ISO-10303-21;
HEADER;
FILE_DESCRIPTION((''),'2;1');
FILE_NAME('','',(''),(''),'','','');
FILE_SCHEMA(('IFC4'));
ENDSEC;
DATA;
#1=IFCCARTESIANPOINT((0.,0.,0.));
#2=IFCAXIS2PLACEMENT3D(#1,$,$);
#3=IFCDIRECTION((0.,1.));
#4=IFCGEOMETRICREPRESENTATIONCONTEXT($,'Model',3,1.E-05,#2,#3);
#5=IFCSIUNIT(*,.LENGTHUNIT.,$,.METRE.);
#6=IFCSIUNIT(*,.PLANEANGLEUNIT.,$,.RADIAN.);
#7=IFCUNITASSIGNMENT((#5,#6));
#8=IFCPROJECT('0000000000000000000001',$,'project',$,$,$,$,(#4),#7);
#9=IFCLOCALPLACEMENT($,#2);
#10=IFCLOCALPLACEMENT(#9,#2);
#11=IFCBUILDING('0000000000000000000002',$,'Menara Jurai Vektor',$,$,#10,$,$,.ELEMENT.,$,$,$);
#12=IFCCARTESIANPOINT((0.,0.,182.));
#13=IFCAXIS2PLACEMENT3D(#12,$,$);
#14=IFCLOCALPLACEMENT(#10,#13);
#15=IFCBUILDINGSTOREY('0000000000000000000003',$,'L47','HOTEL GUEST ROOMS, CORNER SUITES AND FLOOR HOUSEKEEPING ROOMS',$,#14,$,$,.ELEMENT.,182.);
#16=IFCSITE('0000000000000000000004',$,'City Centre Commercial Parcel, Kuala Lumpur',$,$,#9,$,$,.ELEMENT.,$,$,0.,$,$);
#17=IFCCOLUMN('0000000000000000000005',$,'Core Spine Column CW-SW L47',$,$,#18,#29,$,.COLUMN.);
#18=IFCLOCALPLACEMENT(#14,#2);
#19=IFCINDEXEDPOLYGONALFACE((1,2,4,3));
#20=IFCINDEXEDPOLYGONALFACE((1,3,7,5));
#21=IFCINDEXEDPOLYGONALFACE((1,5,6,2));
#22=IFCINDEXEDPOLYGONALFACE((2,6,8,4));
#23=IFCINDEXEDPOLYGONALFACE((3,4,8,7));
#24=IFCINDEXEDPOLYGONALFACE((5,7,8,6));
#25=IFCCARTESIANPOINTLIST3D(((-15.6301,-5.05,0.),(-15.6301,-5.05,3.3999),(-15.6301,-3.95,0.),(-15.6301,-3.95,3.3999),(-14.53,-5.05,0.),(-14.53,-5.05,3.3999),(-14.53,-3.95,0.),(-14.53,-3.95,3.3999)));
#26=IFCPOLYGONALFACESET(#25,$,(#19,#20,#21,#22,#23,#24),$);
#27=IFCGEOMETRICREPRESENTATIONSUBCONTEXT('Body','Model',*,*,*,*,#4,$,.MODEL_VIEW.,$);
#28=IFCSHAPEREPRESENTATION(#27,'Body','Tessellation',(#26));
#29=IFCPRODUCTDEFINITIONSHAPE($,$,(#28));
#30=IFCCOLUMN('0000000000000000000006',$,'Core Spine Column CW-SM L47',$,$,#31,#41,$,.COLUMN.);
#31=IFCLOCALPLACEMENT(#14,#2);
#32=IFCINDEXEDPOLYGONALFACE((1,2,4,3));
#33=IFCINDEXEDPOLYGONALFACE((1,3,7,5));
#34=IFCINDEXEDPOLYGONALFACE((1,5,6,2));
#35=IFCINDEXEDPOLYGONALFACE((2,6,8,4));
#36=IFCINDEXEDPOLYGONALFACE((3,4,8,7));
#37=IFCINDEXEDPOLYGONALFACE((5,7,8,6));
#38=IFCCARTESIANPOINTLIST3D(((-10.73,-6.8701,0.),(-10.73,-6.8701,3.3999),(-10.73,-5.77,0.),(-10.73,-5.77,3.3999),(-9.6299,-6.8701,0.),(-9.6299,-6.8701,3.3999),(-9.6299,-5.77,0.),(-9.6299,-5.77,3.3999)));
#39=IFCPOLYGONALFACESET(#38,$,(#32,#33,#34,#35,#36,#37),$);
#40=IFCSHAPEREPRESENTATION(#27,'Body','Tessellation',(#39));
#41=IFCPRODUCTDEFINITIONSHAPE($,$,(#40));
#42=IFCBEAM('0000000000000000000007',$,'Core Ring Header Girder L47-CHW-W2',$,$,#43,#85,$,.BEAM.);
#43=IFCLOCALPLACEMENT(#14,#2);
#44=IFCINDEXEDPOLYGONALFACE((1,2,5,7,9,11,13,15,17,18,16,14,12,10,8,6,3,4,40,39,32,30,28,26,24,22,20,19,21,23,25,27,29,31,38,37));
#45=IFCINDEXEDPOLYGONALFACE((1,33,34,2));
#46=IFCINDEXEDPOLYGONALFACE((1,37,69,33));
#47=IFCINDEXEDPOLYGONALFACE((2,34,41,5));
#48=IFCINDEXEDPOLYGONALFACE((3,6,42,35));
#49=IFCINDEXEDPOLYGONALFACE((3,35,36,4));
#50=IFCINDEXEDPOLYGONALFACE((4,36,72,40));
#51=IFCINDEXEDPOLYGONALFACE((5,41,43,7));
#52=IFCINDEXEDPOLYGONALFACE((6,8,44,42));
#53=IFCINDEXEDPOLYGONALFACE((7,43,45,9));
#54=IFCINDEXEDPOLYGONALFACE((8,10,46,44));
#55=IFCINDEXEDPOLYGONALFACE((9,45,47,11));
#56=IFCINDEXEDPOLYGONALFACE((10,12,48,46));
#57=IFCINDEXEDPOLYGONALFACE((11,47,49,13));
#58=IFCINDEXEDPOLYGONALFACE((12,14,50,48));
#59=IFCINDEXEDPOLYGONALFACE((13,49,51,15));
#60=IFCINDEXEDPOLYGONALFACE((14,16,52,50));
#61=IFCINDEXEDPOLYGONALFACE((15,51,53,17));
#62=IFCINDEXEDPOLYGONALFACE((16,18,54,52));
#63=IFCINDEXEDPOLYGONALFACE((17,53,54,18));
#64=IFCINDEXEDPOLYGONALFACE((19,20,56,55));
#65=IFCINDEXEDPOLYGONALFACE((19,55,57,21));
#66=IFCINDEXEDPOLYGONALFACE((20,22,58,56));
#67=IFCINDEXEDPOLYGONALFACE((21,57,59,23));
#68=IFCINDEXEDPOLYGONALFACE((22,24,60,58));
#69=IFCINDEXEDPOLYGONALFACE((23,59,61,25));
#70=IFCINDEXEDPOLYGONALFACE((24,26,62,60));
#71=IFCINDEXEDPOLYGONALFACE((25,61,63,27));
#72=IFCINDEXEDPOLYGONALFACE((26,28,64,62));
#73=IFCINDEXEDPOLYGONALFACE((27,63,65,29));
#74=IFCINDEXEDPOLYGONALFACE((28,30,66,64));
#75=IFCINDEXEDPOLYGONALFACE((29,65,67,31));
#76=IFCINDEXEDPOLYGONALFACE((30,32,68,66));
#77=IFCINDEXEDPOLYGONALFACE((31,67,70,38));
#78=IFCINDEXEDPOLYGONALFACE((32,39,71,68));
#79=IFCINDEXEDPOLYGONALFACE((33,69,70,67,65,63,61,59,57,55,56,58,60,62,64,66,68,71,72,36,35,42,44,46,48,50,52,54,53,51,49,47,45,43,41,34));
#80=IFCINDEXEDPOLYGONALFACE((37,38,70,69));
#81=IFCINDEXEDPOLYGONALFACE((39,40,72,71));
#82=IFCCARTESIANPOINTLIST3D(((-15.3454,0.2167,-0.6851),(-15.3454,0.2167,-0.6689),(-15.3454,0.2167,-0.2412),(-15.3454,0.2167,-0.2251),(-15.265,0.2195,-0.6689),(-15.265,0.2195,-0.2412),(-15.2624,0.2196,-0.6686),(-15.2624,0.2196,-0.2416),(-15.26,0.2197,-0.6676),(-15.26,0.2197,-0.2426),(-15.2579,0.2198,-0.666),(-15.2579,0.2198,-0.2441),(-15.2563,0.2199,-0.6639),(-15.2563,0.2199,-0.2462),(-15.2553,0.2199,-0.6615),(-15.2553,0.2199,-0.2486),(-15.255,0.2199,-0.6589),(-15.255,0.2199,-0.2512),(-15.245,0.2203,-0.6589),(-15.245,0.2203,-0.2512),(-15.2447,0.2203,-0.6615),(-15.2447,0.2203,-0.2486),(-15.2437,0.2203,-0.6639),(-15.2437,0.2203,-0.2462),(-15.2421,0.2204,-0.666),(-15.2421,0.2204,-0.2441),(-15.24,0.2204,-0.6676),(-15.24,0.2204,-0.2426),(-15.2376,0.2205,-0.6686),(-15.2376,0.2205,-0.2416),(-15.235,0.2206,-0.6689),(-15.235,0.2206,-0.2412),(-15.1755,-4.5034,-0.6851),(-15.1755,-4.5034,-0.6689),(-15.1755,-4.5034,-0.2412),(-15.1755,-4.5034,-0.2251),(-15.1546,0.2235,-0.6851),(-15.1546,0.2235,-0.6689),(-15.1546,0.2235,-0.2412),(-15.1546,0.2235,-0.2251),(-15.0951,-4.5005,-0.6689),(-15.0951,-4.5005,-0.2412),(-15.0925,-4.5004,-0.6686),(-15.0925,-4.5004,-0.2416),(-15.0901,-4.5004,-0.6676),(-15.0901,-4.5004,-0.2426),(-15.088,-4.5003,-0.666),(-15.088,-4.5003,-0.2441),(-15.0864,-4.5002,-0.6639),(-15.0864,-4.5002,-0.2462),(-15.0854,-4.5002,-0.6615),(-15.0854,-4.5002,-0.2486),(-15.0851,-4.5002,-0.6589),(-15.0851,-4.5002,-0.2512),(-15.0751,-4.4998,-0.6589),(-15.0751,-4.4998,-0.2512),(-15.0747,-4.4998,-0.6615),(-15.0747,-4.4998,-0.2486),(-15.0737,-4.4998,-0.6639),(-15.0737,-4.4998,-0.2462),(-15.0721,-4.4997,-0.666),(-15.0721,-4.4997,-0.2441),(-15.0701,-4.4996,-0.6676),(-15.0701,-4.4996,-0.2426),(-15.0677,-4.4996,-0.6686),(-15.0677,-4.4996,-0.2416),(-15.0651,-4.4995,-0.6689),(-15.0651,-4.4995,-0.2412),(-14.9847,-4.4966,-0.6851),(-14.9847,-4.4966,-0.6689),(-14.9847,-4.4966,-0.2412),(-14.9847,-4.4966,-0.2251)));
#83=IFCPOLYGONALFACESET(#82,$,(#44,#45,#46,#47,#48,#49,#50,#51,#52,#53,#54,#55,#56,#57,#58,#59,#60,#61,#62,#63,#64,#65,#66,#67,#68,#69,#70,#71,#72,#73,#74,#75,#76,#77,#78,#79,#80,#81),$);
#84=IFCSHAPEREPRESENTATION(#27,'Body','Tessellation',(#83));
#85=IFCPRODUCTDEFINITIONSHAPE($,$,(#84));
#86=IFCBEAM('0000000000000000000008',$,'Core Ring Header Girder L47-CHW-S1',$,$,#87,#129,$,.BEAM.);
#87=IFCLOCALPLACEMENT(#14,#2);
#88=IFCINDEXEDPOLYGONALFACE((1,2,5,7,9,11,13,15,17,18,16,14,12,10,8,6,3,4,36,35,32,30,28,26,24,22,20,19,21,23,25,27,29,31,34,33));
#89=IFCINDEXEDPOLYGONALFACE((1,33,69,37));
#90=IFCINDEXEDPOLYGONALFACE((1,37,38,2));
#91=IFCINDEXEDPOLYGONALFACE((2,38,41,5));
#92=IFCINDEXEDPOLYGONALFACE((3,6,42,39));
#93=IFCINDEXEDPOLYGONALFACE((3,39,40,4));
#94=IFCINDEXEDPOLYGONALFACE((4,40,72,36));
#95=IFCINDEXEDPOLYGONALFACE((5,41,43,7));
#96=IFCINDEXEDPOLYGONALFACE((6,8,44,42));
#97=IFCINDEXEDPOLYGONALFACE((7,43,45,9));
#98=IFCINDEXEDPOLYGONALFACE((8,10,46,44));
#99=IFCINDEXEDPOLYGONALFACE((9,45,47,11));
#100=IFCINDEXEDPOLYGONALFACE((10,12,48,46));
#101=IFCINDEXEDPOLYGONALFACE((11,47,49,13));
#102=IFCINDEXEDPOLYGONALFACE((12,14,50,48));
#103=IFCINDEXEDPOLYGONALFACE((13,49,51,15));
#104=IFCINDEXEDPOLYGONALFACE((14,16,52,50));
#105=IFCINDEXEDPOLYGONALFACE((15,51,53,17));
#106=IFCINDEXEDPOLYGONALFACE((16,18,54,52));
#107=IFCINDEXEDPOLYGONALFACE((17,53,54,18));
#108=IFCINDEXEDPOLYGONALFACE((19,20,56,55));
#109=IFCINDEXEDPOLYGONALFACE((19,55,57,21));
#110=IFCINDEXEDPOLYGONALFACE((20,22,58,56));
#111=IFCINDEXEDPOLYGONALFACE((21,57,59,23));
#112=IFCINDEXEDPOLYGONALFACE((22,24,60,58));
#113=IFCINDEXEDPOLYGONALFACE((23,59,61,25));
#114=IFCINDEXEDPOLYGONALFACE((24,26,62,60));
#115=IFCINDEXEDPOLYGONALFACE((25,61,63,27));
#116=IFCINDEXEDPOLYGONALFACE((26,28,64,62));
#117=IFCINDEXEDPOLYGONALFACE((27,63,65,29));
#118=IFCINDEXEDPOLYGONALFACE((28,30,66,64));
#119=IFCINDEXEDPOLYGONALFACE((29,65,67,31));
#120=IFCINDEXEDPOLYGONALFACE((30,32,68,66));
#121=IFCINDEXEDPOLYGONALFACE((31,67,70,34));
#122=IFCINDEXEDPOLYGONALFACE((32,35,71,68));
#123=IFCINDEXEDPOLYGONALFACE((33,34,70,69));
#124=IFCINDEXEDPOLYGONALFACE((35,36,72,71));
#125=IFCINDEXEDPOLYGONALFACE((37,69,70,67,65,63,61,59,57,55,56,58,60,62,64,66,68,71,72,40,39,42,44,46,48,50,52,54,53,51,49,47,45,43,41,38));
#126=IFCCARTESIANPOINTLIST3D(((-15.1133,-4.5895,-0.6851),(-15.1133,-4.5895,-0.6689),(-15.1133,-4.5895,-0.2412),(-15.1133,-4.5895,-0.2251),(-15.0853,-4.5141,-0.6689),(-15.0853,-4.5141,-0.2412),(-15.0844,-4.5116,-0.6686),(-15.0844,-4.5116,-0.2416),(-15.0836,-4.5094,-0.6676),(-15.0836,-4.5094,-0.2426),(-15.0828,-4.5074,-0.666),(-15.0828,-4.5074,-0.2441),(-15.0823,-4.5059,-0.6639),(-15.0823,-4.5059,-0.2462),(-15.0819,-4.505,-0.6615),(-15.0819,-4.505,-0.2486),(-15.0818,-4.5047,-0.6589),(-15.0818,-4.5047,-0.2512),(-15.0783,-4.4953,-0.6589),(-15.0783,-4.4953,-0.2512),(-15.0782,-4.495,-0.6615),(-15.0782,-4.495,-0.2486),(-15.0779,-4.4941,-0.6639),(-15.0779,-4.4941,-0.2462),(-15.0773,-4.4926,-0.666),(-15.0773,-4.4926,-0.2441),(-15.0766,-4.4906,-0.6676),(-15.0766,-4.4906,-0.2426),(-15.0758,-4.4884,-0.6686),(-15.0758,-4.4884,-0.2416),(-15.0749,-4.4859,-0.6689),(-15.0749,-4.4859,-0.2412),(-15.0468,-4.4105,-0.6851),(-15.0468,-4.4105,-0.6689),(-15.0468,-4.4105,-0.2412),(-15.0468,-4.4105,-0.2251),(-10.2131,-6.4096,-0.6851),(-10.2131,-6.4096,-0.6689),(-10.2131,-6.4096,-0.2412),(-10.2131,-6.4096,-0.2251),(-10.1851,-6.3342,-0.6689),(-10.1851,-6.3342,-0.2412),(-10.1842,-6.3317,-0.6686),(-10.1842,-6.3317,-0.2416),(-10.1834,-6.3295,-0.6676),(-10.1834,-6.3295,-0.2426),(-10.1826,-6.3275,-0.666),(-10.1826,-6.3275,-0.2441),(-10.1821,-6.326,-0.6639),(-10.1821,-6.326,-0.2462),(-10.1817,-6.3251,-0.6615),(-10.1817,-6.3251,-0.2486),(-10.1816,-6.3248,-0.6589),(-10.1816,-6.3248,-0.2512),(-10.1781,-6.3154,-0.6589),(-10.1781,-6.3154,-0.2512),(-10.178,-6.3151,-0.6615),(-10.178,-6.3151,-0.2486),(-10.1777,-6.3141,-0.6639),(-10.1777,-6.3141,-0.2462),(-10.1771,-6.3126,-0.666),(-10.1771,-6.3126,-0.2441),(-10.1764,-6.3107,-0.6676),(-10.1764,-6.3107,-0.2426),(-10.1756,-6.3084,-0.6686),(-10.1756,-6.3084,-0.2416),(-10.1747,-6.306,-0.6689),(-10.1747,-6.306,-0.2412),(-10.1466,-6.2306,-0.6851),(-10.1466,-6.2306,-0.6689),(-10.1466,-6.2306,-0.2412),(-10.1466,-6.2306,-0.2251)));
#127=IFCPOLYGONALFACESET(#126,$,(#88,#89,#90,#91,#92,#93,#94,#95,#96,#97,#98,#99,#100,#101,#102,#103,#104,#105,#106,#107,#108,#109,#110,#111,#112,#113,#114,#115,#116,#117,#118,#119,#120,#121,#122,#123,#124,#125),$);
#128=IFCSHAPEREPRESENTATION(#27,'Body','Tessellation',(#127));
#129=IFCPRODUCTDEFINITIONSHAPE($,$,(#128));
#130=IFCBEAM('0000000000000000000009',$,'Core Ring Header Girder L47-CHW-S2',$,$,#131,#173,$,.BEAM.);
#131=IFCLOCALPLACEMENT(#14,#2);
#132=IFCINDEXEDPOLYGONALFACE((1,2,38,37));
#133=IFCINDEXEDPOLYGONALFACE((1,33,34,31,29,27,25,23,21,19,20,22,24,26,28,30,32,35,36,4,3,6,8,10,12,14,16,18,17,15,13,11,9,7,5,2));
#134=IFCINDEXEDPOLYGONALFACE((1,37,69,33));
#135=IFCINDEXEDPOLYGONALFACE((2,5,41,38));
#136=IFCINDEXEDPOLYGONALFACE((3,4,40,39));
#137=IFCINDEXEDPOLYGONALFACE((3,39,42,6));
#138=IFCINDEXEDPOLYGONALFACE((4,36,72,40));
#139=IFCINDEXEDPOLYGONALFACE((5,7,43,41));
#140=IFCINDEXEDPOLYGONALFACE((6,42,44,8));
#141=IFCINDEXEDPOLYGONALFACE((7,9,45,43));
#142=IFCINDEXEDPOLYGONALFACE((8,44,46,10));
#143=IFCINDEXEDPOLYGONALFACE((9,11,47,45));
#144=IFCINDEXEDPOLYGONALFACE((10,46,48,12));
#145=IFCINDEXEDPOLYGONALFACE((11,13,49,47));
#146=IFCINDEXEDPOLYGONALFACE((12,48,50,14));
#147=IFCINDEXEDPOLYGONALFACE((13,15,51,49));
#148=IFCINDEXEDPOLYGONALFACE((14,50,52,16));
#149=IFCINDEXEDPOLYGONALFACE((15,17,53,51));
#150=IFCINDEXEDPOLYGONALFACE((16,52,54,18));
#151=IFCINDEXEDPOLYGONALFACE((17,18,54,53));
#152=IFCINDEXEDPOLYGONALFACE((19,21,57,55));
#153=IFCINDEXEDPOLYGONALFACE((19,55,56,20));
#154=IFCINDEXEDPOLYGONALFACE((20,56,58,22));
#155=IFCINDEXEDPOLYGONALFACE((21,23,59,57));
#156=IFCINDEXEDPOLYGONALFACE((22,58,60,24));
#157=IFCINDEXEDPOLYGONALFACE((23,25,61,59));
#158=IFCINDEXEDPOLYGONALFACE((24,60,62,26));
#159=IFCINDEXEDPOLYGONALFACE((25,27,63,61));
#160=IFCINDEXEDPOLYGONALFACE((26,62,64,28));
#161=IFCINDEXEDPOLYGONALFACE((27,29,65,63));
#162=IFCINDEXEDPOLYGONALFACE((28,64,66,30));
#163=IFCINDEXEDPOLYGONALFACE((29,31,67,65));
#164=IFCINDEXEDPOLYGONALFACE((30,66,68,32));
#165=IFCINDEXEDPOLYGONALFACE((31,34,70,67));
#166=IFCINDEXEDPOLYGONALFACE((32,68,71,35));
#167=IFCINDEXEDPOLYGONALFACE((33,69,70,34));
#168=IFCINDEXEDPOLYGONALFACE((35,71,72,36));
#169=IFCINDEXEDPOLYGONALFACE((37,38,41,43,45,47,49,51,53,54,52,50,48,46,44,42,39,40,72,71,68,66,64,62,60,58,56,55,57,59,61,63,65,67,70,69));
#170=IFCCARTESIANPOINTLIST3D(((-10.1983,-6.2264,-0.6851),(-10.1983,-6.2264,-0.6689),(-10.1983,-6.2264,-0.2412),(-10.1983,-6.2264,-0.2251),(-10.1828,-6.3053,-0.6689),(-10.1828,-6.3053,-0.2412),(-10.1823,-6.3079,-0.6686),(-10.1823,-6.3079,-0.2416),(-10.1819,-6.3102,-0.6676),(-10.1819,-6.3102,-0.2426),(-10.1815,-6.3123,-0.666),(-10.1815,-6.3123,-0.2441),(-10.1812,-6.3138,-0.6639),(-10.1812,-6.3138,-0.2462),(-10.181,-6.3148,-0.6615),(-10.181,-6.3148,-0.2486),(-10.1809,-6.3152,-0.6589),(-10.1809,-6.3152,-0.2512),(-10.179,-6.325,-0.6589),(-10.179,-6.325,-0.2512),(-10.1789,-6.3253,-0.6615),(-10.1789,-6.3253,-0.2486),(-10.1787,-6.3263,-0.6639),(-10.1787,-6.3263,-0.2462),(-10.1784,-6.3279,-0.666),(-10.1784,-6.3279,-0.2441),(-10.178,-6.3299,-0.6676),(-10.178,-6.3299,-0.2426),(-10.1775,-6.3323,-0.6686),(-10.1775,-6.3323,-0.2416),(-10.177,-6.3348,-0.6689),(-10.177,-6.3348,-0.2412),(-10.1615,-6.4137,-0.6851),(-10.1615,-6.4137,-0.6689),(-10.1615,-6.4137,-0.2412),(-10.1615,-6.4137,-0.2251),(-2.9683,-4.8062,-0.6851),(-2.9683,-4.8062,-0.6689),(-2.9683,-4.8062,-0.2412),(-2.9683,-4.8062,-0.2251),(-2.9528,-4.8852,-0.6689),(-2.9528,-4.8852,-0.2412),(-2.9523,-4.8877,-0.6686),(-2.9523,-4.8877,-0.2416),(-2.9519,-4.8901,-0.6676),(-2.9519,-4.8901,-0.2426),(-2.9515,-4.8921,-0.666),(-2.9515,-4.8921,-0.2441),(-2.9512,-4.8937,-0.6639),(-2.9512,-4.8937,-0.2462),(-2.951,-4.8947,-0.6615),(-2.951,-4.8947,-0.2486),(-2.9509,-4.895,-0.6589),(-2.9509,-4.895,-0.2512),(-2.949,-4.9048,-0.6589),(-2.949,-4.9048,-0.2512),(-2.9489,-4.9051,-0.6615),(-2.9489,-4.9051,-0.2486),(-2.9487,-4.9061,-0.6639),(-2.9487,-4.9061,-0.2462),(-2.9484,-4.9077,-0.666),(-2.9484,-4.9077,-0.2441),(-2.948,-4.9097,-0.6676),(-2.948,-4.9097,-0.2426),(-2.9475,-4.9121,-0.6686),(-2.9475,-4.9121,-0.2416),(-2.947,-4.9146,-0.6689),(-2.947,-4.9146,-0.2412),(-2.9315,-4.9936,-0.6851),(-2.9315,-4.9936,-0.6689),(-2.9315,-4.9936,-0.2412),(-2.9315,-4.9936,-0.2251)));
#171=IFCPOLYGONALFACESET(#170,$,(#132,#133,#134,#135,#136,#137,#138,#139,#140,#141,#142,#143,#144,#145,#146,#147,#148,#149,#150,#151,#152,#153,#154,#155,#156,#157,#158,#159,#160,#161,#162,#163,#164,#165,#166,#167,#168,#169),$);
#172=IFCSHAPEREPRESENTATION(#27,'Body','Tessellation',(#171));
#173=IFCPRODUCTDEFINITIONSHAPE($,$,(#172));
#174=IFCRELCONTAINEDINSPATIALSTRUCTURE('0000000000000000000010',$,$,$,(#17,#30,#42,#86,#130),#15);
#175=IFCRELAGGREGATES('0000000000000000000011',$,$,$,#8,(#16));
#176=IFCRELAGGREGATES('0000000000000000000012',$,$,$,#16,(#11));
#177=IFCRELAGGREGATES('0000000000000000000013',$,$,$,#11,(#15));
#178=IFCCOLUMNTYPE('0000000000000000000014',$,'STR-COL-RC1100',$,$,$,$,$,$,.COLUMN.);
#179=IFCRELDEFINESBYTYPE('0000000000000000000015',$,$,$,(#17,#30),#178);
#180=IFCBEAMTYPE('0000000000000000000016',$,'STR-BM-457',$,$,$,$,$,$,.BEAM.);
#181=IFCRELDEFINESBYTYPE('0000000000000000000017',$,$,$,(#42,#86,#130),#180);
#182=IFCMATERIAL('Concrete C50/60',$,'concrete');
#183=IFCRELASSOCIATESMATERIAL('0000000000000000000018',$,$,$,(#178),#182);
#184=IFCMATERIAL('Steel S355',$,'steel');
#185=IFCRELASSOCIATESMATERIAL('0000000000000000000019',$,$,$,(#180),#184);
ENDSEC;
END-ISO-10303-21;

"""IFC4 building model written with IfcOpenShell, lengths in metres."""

from ifc_helpers import new_model, si_unit, direction, frame, origin, origin_2d, place, context, subcontext, project, spatial, rectangle, i_section, extrude, material, material_profile, profile_set, type_object, element, save


model = new_model("IFC4")

# Units and contexts
model_context = context("Model", 3, precision=1e-05, world=origin(), true_north=direction((0.0, 1.0)))
body_context = subcontext(model_context, "Body", "Model", "MODEL_VIEW")
ifc_project = project(units=[si_unit("LENGTHUNIT", "METRE"), si_unit("PLANEANGLEUNIT", "RADIAN")], contexts=[model_context])

# Site, building, storey
site_placement = place(None, origin())
site = spatial("IfcSite", under=ifc_project, at=site_placement, Name="City Centre Commercial Parcel, Kuala Lumpur", CompositionType="ELEMENT", RefElevation=0.0)
building_placement = place(site_placement, origin())
building = spatial("IfcBuilding", under=site, at=building_placement, Name="Menara Jurai Vektor", CompositionType="ELEMENT")
storey_placement = place(building_placement, frame((0.0, 0.0, 182.0)))
storey = spatial("IfcBuildingStorey", under=building, at=storey_placement, Name="L47", Description="HOTEL GUEST ROOMS, CORNER SUITES AND FLOOR HOUSEKEEPING ROOMS", CompositionType="ELEMENT", Elevation=182.0)

# Columns
ifc_material_1 = material(Name="Concrete C50/60", Category="concrete")
ifc_material_profile_1 = material_profile(ifc_material_1, rectangle(XDim=1.1001, YDim=1.1001, at=origin_2d()), Name="RC 1100x1100")
ifc_profile_set_1 = profile_set([ifc_material_profile_1], Name="Concrete C50/60")
column_type = type_object("IfcColumnType", Name="STR-COL-RC1100", PredefinedType="COLUMN", material=ifc_profile_set_1)
for number, where, z_axis, x_axis, name in (
    (1, (-15.0801, -4.5, 0.0), (0.0, 0.0, 1.0), (1.0, 0.0, 0.0), "Core Spine Column CW-SW L47"),
    (2, (-10.1799, -6.3201, 0.0), (0.0, 0.0, 1.0), (1.0, 0.0, 0.0), "Core Spine Column CW-SM L47"),
):
    element("IfcColumn", number, at=place(storey_placement, frame(where, z_axis=z_axis, x_axis=x_axis)), inside=storey, type_object=column_type, Name=name, PredefinedType="COLUMN", context=body_context, shape_type="SweptSolid", body=[
        extrude(rectangle(XDim=1.1001, YDim=1.1001, at=origin_2d()), origin(), (0.0, 0.0, 1.0), 3.3999),
    ])

# Beams
ifc_material_2 = material(Name="Steel S355", Category="steel")
ifc_material_profile_2 = material_profile(ifc_material_2, i_section(OverallWidth=0.1909, OverallDepth=0.46, WebThickness=0.01, FlangeThickness=0.0161, FilletRadius=0.01, at=origin_2d()), Name="UKB 457x191x82")
ifc_profile_set_2 = profile_set([ifc_material_profile_2], Name="Steel S355")
beam_type = type_object("IfcBeamType", Name="STR-BM-457", PredefinedType="BEAM", material=ifc_profile_set_2)
beam_1_placement = place(storey_placement, frame((-15.0801, -4.5, -0.4551), z_axis=(-0.035977, 0.999353, 0.0), x_axis=(-0.999353, -0.035977, 0.0)))
element("IfcBeam", 3, at=beam_1_placement, inside=storey, type_object=beam_type, Name="Core Ring Header Girder L47-CHW-W2", PredefinedType="BEAM", context=body_context, shape_type="SweptSolid", body=[
    extrude(i_section(OverallWidth=0.1909, OverallDepth=0.46, WebThickness=0.01, FlangeThickness=0.0161, FilletRadius=0.01, at=origin_2d()), origin(), (0.0, 0.0, 1.0), 4.7231),
])
beam_2_placement = place(storey_placement, frame((-15.0801, -4.5, -0.4551), z_axis=(0.937424, -0.348189, 0.0), x_axis=(0.348189, 0.937424, 0.0)))
element("IfcBeam", 4, at=beam_2_placement, inside=storey, type_object=beam_type, Name="Core Ring Header Girder L47-CHW-S1", PredefinedType="BEAM", context=body_context, shape_type="SweptSolid", body=[
    extrude(i_section(OverallWidth=0.1909, OverallDepth=0.46, WebThickness=0.01, FlangeThickness=0.0161, FilletRadius=0.01, at=origin_2d()), origin(), (0.0, 0.0, 1.0), 5.2273),
])
beam_3_placement = place(storey_placement, frame((-10.1799, -6.3201, -0.4551), z_axis=(0.981249, 0.192744, 0.0), x_axis=(-0.192744, 0.981249, 0.0)))
element("IfcBeam", 5, at=beam_3_placement, inside=storey, type_object=beam_type, Name="Core Ring Header Girder L47-CHW-S2", PredefinedType="BEAM", context=body_context, shape_type="SweptSolid", body=[
    extrude(i_section(OverallWidth=0.1909, OverallDepth=0.46, WebThickness=0.01, FlangeThickness=0.0161, FilletRadius=0.01, at=origin_2d()), origin(), (0.0, 0.0, 1.0), 7.3682),
])

save(model, "model.ifc")
